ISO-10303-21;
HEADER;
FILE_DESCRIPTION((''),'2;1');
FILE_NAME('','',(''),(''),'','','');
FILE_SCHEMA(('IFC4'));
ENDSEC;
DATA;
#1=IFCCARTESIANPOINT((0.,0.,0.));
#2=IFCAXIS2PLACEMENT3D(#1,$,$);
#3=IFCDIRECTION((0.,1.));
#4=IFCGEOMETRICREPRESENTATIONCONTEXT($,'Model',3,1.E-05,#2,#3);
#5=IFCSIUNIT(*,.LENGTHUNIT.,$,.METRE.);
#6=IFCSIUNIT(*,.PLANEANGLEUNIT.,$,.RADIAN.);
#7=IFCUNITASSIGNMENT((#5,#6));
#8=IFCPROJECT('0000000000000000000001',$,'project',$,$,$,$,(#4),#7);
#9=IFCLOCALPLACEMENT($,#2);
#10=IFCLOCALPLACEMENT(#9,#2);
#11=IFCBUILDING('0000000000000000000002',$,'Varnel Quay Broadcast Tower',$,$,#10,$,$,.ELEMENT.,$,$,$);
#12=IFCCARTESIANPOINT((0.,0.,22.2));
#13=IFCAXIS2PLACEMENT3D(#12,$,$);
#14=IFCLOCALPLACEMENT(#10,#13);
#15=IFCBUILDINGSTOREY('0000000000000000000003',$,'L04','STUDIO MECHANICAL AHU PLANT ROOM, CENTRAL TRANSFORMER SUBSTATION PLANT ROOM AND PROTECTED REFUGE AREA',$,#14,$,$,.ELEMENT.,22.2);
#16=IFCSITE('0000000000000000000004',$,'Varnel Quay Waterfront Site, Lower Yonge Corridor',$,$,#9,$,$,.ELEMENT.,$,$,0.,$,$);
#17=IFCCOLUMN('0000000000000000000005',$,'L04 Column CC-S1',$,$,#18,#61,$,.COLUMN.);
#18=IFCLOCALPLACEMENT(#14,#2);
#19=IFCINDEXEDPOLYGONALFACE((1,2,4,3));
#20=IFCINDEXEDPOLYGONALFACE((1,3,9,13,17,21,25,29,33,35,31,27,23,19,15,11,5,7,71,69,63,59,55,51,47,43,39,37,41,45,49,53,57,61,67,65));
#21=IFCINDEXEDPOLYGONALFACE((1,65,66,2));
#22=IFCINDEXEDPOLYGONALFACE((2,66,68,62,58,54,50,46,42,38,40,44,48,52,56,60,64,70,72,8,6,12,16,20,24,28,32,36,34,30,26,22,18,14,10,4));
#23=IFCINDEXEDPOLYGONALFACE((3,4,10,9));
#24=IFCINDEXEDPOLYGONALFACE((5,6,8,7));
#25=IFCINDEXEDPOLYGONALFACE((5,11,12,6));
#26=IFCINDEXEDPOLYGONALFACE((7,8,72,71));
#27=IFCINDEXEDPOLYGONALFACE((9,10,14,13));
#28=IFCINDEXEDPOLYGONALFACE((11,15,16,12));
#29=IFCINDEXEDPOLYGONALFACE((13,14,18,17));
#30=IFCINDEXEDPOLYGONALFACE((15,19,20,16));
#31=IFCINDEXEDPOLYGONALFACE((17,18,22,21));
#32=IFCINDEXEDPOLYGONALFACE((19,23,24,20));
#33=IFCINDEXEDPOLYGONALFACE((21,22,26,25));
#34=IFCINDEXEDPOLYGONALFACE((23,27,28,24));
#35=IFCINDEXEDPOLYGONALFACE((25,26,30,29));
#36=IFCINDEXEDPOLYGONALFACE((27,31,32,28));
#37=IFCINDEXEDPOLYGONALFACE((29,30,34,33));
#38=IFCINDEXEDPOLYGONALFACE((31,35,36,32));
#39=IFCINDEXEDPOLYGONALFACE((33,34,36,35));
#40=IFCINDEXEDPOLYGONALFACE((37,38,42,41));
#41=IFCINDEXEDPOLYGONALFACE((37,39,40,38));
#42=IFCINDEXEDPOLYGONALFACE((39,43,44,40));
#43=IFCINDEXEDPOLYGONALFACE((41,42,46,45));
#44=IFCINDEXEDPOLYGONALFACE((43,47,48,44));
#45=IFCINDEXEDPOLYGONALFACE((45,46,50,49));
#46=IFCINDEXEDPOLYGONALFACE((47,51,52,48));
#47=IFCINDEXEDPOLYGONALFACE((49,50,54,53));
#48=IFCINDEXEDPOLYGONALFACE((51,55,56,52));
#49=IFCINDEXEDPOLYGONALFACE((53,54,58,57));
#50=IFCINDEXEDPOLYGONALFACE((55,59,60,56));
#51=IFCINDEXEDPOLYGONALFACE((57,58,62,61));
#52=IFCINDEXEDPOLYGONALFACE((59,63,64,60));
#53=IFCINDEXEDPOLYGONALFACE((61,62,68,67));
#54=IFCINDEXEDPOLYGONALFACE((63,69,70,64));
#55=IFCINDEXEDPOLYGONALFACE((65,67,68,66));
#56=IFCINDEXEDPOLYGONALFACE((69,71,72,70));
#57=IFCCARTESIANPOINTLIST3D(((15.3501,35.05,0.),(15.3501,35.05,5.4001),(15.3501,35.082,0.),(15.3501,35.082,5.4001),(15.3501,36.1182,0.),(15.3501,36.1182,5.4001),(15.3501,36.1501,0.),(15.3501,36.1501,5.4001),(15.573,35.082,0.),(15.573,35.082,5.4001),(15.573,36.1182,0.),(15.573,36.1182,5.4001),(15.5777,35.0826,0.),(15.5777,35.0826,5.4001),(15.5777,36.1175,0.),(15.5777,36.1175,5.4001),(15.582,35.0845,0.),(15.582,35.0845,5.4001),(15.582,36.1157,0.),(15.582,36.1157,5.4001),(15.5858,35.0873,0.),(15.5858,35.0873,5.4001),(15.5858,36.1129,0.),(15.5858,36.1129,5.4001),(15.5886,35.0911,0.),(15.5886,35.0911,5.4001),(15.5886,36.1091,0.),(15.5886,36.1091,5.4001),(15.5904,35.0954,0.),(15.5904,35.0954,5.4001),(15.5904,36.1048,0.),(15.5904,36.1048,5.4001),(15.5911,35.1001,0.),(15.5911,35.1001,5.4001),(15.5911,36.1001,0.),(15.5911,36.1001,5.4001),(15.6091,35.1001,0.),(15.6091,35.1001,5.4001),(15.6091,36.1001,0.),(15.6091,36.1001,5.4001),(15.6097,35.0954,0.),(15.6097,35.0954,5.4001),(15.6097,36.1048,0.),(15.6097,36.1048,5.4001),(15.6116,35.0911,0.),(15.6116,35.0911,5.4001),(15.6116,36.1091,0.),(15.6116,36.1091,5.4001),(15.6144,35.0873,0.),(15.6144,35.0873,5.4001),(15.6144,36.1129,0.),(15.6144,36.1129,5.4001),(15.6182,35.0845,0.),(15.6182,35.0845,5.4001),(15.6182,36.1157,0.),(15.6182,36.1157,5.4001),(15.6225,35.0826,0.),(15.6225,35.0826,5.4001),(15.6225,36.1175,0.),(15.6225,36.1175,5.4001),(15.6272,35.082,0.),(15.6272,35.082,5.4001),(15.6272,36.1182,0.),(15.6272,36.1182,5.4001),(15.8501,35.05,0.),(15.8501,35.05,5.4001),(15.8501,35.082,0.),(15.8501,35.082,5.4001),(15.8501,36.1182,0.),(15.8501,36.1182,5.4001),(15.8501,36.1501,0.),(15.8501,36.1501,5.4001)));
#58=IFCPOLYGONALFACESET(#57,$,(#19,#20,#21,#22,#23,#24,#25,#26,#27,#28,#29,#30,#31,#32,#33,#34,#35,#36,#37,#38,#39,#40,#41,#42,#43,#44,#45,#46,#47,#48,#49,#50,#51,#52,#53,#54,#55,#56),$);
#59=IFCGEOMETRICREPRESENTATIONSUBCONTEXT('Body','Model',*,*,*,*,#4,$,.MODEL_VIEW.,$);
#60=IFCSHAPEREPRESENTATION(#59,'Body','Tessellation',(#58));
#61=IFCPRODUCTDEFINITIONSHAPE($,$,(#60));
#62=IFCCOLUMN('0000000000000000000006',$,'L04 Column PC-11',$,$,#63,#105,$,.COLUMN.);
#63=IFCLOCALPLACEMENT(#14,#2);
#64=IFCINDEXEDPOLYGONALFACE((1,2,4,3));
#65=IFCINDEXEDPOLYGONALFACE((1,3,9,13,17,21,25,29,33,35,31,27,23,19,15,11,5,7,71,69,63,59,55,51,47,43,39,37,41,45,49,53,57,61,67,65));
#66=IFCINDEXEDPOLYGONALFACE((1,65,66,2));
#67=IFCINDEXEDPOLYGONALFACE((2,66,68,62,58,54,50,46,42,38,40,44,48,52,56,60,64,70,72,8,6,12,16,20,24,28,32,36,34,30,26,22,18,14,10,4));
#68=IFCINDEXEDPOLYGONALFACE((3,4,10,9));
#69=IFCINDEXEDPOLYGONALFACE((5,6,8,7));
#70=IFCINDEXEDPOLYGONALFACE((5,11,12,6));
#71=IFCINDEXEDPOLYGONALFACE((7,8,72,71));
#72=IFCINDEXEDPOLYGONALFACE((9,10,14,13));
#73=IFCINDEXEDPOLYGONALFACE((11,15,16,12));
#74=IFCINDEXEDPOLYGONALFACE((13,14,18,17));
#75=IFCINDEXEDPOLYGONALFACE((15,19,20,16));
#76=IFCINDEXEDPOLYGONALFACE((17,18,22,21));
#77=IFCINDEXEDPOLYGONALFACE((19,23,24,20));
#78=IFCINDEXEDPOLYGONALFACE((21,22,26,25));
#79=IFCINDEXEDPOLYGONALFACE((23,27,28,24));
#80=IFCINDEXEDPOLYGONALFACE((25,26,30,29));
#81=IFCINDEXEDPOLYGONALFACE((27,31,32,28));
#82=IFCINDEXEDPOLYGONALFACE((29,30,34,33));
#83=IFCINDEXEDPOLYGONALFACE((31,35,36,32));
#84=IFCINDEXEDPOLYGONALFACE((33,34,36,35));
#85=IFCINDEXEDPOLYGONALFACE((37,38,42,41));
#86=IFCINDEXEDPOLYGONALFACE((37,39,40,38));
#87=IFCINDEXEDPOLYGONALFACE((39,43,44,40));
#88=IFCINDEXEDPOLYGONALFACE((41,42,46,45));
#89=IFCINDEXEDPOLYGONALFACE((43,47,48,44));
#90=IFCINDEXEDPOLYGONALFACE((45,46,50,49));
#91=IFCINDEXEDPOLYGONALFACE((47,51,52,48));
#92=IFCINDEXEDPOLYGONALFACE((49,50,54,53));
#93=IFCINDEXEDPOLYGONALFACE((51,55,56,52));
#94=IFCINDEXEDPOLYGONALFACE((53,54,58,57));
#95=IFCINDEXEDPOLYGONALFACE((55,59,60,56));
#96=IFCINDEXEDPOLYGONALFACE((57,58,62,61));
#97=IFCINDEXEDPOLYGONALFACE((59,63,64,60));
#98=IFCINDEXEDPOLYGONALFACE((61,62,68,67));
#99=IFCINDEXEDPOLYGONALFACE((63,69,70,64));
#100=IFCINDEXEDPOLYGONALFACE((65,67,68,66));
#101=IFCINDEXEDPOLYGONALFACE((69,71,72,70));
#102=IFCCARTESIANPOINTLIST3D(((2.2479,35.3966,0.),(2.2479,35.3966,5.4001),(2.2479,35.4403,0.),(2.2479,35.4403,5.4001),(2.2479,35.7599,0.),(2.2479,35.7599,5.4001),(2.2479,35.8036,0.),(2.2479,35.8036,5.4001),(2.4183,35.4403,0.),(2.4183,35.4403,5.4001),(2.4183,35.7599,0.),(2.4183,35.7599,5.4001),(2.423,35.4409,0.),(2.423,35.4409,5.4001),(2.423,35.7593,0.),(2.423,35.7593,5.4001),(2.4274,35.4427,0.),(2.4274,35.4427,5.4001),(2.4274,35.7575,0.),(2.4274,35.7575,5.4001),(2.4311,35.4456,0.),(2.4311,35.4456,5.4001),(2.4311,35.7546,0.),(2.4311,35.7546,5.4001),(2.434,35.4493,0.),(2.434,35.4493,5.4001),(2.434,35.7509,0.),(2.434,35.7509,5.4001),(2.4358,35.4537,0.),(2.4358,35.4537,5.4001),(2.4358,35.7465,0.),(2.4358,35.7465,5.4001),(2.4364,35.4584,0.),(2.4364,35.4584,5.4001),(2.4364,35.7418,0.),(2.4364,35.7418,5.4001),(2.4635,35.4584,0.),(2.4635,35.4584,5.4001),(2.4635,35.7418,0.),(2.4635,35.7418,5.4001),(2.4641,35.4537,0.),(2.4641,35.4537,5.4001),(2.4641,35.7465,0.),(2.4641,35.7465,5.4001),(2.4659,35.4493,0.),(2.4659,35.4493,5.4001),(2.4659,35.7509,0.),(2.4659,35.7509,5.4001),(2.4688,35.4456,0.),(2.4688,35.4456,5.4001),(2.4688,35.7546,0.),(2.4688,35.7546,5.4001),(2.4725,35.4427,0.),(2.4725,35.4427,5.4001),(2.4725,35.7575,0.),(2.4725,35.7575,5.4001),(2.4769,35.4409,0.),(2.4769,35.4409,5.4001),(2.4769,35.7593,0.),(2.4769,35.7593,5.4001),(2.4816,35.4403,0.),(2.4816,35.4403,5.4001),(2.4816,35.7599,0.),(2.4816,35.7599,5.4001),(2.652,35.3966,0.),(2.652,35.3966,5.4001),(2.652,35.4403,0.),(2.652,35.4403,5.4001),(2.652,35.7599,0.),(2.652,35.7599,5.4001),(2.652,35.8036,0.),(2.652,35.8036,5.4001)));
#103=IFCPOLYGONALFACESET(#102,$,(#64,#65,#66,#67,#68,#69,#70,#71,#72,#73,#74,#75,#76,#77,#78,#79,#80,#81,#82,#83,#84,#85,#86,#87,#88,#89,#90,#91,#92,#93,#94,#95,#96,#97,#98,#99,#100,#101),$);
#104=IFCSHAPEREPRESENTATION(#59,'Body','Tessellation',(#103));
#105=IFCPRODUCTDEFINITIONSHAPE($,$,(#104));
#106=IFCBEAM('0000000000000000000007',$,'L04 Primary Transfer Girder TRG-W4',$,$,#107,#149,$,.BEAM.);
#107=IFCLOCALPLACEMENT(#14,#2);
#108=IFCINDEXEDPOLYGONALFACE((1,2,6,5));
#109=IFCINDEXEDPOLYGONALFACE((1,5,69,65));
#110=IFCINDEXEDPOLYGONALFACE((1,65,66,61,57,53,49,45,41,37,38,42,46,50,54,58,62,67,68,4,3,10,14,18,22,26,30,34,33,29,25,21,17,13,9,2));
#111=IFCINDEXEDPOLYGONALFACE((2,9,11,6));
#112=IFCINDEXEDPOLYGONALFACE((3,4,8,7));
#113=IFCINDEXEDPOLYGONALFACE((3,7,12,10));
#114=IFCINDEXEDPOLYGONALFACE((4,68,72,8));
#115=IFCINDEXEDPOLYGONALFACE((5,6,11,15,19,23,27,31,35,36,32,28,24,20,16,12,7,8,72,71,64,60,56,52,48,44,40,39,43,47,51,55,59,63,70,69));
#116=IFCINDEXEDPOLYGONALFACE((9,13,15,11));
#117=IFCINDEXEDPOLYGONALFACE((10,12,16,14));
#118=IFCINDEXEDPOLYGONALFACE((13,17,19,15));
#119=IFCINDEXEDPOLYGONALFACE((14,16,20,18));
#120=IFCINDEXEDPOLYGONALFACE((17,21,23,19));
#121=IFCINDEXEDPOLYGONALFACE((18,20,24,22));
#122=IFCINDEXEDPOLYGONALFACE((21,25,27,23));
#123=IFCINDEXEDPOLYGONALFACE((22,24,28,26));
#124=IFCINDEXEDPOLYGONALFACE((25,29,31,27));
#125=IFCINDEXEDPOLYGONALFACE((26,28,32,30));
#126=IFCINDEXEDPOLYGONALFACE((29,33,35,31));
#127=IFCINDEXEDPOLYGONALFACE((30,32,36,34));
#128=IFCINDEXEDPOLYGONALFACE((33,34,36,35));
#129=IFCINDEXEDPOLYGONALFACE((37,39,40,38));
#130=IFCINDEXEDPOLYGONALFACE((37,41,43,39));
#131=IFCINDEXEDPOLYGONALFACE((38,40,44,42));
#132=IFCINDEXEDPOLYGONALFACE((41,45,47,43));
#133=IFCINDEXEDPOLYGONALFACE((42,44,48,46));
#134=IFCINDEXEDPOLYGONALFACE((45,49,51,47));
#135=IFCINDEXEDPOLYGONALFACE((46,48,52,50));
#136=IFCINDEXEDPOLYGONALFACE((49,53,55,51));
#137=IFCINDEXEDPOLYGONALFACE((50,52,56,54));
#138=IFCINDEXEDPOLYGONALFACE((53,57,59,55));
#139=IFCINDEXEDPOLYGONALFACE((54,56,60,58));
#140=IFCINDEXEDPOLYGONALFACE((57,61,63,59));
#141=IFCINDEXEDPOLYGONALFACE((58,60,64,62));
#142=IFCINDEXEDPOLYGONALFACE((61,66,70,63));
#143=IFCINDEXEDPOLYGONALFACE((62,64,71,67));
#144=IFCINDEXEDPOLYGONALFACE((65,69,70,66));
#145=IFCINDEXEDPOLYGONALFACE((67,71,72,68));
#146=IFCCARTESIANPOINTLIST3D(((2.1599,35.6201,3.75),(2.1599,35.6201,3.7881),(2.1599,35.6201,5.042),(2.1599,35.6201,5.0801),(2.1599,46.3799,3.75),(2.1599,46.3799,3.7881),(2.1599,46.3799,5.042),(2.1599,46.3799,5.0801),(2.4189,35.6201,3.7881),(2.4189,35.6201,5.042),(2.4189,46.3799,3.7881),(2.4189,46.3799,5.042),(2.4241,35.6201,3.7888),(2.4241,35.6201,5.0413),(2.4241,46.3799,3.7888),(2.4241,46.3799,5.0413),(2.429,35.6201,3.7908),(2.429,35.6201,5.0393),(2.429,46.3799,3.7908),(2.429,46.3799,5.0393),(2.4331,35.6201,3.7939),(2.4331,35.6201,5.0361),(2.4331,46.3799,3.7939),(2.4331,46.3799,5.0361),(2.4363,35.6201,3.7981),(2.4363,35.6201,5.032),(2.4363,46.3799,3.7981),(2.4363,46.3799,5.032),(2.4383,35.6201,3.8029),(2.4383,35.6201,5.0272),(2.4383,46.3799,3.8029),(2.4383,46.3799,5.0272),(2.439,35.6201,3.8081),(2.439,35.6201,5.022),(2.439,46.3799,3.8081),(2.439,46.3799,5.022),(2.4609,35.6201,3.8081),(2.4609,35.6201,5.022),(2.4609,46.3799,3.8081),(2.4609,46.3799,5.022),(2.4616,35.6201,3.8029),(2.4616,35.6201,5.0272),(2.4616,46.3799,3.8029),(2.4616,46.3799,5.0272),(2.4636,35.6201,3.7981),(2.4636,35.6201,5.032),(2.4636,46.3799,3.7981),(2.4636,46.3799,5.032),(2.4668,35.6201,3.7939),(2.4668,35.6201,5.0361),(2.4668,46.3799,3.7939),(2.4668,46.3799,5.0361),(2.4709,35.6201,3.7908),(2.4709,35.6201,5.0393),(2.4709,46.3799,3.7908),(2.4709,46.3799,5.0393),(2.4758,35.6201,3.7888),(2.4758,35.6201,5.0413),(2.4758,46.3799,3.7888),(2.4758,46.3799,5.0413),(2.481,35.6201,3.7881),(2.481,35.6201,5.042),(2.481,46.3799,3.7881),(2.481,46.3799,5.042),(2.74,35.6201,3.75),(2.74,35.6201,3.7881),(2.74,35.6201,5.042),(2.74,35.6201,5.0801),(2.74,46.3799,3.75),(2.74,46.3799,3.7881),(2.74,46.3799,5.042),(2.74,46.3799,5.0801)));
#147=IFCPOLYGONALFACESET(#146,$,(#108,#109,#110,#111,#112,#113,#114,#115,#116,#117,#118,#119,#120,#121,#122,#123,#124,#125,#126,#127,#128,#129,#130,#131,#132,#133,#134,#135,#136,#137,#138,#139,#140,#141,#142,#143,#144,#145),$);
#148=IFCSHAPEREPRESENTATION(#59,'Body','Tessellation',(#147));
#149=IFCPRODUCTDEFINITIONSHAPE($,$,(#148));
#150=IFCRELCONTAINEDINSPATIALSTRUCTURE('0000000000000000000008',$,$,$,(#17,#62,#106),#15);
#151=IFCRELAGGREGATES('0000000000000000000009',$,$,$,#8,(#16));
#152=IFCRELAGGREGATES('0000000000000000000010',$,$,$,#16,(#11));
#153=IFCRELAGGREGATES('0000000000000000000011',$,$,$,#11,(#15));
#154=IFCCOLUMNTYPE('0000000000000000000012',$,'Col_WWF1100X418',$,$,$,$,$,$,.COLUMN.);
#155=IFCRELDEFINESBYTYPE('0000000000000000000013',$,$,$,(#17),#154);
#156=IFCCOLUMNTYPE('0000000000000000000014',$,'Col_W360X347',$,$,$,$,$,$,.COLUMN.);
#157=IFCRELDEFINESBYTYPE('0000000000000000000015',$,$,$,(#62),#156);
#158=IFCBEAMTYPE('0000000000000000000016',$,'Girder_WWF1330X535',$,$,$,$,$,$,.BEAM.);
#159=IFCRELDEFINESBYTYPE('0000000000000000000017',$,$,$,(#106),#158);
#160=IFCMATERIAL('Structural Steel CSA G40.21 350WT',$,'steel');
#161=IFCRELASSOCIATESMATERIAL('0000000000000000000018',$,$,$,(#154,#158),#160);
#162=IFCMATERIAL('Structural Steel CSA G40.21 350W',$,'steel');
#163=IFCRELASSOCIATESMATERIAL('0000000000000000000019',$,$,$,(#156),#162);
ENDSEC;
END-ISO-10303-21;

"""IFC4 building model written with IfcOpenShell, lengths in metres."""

from ifc_helpers import new_model, si_unit, direction, frame, origin, origin_2d, place, context, subcontext, project, spatial, i_section, extrude, source, transform, mapped, material, material_profile, profile_set, type_object, type_shapes, element, save


model = new_model("IFC4")

# Units and contexts
model_context = context("Model", 3, precision=1e-05, world=origin(), true_north=direction((0.0, 1.0)))
body_context = subcontext(model_context, "Body", "Model", "MODEL_VIEW")
ifc_project = project(units=[si_unit("LENGTHUNIT", "METRE"), si_unit("PLANEANGLEUNIT", "RADIAN")], contexts=[model_context])

# Site, building, storey
site_placement = place(None, origin())
site = spatial("IfcSite", under=ifc_project, at=site_placement, Name="Varnel Quay Waterfront Site, Lower Yonge Corridor", CompositionType="ELEMENT", RefElevation=0.0)
building_placement = place(site_placement, origin())
building = spatial("IfcBuilding", under=site, at=building_placement, Name="Varnel Quay Broadcast Tower", CompositionType="ELEMENT")
storey_placement = place(building_placement, frame((0.0, 0.0, 22.2)))
storey = spatial("IfcBuildingStorey", under=building, at=storey_placement, Name="L04", Description="STUDIO MECHANICAL AHU PLANT ROOM, CENTRAL TRANSFORMER SUBSTATION PLANT ROOM AND PROTECTED REFUGE AREA", CompositionType="ELEMENT", Elevation=22.2)

# Columns
ifc_material_1 = material(Name="Structural Steel CSA G40.21 350WT", Category="steel")
ifc_material_profile_1 = material_profile(ifc_material_1, i_section(OverallWidth=0.5, OverallDepth=1.1001, WebThickness=0.0181, FlangeThickness=0.032, FilletRadius=0.0181, at=origin_2d()), Name="WWF1100X418")
ifc_profile_set_1 = profile_set([ifc_material_profile_1], Name="Structural Steel CSA G40.21 350WT")
column_type_1 = type_object("IfcColumnType", Name="Col_WWF1100X418", PredefinedType="COLUMN", material=ifc_profile_set_1)
shared_shape_1 = source(origin(), body_context, "Body", "SweptSolid", [
    extrude(i_section(OverallWidth=0.5, OverallDepth=1.1001, WebThickness=0.0181, FlangeThickness=0.032, FilletRadius=0.0181, at=origin_2d()), origin(), (0.0, 0.0, 1.0), 5.4001),
])
type_shapes(column_type_1, [shared_shape_1])
column_1_placement = place(storey_placement, frame((15.6001, 35.6001, 0.0), z_axis=(0.0, 0.0, 1.0), x_axis=(1.0, 0.0, 0.0)))
element("IfcColumn", 1, at=column_1_placement, inside=storey, type_object=column_type_1, Name="L04 Column CC-S1", PredefinedType="COLUMN", context=body_context, shape_type="MappedRepresentation", body=[
    mapped(shared_shape_1, transform((0.0, 0.0, 0.0), x_axis=(1.0, 0.0, 0.0), y_axis=(0.0, 1.0, 0.0), z_axis=(0.0, 0.0, 1.0), scale=1.0)),
])
ifc_material_2 = material(Name="Structural Steel CSA G40.21 350W", Category="steel")
ifc_material_profile_2 = material_profile(ifc_material_2, i_section(OverallWidth=0.4041, OverallDepth=0.407, WebThickness=0.0271, FlangeThickness=0.0437, FilletRadius=0.0181, at=origin_2d()), Name="W360X347")
ifc_profile_set_2 = profile_set([ifc_material_profile_2], Name="Structural Steel CSA G40.21 350W")
column_type_2 = type_object("IfcColumnType", Name="Col_W360X347", PredefinedType="COLUMN", material=ifc_profile_set_2)
shared_shape_2 = source(origin(), body_context, "Body", "SweptSolid", [
    extrude(i_section(OverallWidth=0.4041, OverallDepth=0.407, WebThickness=0.0271, FlangeThickness=0.0437, FilletRadius=0.0181, at=origin_2d()), origin(), (0.0, 0.0, 1.0), 5.4001),
])
type_shapes(column_type_2, [shared_shape_2])
column_2_placement = place(storey_placement, frame((2.45, 35.6001, 0.0), z_axis=(0.0, 0.0, 1.0), x_axis=(1.0, 0.0, 0.0)))
element("IfcColumn", 2, at=column_2_placement, inside=storey, type_object=column_type_2, Name="L04 Column PC-11", PredefinedType="COLUMN", context=body_context, shape_type="MappedRepresentation", body=[
    mapped(shared_shape_2, transform((0.0, 0.0, 0.0), x_axis=(1.0, 0.0, 0.0), y_axis=(0.0, 1.0, 0.0), z_axis=(0.0, 0.0, 1.0), scale=1.0)),
])

# Beam
ifc_material_profile_3 = material_profile(ifc_material_1, i_section(OverallWidth=0.5801, OverallDepth=1.3301, WebThickness=0.022, FlangeThickness=0.0381, FilletRadius=0.02, at=origin_2d()), Name="WWF1330X535")
ifc_profile_set_3 = profile_set([ifc_material_profile_3], Name="Structural Steel CSA G40.21 350WT")
beam_type = type_object("IfcBeamType", Name="Girder_WWF1330X535", PredefinedType="BEAM", material=ifc_profile_set_3)
shared_shape_3 = source(origin(), body_context, "Body", "SweptSolid", [
    extrude(i_section(OverallWidth=0.5801, OverallDepth=1.3301, WebThickness=0.022, FlangeThickness=0.0381, FilletRadius=0.02, at=origin_2d()), origin(), (0.0, 0.0, 1.0), 10.7598),
])
beam_1_placement = place(storey_placement, frame((2.45, 35.6201, 4.415), z_axis=(0.0, 1.0, 0.0), x_axis=(-1.0, 0.0, 0.0)))
element("IfcBeam", 3, at=beam_1_placement, inside=storey, type_object=beam_type, Name="L04 Primary Transfer Girder TRG-W4", PredefinedType="BEAM", context=body_context, shape_type="MappedRepresentation", body=[
    mapped(shared_shape_3, transform((0.0, 0.0, 0.0), x_axis=(1.0, 0.0, 0.0), y_axis=(0.0, 1.0, 0.0), z_axis=(0.0, 0.0, 1.0), scale=1.0)),
])

save(model, "model.ifc")
